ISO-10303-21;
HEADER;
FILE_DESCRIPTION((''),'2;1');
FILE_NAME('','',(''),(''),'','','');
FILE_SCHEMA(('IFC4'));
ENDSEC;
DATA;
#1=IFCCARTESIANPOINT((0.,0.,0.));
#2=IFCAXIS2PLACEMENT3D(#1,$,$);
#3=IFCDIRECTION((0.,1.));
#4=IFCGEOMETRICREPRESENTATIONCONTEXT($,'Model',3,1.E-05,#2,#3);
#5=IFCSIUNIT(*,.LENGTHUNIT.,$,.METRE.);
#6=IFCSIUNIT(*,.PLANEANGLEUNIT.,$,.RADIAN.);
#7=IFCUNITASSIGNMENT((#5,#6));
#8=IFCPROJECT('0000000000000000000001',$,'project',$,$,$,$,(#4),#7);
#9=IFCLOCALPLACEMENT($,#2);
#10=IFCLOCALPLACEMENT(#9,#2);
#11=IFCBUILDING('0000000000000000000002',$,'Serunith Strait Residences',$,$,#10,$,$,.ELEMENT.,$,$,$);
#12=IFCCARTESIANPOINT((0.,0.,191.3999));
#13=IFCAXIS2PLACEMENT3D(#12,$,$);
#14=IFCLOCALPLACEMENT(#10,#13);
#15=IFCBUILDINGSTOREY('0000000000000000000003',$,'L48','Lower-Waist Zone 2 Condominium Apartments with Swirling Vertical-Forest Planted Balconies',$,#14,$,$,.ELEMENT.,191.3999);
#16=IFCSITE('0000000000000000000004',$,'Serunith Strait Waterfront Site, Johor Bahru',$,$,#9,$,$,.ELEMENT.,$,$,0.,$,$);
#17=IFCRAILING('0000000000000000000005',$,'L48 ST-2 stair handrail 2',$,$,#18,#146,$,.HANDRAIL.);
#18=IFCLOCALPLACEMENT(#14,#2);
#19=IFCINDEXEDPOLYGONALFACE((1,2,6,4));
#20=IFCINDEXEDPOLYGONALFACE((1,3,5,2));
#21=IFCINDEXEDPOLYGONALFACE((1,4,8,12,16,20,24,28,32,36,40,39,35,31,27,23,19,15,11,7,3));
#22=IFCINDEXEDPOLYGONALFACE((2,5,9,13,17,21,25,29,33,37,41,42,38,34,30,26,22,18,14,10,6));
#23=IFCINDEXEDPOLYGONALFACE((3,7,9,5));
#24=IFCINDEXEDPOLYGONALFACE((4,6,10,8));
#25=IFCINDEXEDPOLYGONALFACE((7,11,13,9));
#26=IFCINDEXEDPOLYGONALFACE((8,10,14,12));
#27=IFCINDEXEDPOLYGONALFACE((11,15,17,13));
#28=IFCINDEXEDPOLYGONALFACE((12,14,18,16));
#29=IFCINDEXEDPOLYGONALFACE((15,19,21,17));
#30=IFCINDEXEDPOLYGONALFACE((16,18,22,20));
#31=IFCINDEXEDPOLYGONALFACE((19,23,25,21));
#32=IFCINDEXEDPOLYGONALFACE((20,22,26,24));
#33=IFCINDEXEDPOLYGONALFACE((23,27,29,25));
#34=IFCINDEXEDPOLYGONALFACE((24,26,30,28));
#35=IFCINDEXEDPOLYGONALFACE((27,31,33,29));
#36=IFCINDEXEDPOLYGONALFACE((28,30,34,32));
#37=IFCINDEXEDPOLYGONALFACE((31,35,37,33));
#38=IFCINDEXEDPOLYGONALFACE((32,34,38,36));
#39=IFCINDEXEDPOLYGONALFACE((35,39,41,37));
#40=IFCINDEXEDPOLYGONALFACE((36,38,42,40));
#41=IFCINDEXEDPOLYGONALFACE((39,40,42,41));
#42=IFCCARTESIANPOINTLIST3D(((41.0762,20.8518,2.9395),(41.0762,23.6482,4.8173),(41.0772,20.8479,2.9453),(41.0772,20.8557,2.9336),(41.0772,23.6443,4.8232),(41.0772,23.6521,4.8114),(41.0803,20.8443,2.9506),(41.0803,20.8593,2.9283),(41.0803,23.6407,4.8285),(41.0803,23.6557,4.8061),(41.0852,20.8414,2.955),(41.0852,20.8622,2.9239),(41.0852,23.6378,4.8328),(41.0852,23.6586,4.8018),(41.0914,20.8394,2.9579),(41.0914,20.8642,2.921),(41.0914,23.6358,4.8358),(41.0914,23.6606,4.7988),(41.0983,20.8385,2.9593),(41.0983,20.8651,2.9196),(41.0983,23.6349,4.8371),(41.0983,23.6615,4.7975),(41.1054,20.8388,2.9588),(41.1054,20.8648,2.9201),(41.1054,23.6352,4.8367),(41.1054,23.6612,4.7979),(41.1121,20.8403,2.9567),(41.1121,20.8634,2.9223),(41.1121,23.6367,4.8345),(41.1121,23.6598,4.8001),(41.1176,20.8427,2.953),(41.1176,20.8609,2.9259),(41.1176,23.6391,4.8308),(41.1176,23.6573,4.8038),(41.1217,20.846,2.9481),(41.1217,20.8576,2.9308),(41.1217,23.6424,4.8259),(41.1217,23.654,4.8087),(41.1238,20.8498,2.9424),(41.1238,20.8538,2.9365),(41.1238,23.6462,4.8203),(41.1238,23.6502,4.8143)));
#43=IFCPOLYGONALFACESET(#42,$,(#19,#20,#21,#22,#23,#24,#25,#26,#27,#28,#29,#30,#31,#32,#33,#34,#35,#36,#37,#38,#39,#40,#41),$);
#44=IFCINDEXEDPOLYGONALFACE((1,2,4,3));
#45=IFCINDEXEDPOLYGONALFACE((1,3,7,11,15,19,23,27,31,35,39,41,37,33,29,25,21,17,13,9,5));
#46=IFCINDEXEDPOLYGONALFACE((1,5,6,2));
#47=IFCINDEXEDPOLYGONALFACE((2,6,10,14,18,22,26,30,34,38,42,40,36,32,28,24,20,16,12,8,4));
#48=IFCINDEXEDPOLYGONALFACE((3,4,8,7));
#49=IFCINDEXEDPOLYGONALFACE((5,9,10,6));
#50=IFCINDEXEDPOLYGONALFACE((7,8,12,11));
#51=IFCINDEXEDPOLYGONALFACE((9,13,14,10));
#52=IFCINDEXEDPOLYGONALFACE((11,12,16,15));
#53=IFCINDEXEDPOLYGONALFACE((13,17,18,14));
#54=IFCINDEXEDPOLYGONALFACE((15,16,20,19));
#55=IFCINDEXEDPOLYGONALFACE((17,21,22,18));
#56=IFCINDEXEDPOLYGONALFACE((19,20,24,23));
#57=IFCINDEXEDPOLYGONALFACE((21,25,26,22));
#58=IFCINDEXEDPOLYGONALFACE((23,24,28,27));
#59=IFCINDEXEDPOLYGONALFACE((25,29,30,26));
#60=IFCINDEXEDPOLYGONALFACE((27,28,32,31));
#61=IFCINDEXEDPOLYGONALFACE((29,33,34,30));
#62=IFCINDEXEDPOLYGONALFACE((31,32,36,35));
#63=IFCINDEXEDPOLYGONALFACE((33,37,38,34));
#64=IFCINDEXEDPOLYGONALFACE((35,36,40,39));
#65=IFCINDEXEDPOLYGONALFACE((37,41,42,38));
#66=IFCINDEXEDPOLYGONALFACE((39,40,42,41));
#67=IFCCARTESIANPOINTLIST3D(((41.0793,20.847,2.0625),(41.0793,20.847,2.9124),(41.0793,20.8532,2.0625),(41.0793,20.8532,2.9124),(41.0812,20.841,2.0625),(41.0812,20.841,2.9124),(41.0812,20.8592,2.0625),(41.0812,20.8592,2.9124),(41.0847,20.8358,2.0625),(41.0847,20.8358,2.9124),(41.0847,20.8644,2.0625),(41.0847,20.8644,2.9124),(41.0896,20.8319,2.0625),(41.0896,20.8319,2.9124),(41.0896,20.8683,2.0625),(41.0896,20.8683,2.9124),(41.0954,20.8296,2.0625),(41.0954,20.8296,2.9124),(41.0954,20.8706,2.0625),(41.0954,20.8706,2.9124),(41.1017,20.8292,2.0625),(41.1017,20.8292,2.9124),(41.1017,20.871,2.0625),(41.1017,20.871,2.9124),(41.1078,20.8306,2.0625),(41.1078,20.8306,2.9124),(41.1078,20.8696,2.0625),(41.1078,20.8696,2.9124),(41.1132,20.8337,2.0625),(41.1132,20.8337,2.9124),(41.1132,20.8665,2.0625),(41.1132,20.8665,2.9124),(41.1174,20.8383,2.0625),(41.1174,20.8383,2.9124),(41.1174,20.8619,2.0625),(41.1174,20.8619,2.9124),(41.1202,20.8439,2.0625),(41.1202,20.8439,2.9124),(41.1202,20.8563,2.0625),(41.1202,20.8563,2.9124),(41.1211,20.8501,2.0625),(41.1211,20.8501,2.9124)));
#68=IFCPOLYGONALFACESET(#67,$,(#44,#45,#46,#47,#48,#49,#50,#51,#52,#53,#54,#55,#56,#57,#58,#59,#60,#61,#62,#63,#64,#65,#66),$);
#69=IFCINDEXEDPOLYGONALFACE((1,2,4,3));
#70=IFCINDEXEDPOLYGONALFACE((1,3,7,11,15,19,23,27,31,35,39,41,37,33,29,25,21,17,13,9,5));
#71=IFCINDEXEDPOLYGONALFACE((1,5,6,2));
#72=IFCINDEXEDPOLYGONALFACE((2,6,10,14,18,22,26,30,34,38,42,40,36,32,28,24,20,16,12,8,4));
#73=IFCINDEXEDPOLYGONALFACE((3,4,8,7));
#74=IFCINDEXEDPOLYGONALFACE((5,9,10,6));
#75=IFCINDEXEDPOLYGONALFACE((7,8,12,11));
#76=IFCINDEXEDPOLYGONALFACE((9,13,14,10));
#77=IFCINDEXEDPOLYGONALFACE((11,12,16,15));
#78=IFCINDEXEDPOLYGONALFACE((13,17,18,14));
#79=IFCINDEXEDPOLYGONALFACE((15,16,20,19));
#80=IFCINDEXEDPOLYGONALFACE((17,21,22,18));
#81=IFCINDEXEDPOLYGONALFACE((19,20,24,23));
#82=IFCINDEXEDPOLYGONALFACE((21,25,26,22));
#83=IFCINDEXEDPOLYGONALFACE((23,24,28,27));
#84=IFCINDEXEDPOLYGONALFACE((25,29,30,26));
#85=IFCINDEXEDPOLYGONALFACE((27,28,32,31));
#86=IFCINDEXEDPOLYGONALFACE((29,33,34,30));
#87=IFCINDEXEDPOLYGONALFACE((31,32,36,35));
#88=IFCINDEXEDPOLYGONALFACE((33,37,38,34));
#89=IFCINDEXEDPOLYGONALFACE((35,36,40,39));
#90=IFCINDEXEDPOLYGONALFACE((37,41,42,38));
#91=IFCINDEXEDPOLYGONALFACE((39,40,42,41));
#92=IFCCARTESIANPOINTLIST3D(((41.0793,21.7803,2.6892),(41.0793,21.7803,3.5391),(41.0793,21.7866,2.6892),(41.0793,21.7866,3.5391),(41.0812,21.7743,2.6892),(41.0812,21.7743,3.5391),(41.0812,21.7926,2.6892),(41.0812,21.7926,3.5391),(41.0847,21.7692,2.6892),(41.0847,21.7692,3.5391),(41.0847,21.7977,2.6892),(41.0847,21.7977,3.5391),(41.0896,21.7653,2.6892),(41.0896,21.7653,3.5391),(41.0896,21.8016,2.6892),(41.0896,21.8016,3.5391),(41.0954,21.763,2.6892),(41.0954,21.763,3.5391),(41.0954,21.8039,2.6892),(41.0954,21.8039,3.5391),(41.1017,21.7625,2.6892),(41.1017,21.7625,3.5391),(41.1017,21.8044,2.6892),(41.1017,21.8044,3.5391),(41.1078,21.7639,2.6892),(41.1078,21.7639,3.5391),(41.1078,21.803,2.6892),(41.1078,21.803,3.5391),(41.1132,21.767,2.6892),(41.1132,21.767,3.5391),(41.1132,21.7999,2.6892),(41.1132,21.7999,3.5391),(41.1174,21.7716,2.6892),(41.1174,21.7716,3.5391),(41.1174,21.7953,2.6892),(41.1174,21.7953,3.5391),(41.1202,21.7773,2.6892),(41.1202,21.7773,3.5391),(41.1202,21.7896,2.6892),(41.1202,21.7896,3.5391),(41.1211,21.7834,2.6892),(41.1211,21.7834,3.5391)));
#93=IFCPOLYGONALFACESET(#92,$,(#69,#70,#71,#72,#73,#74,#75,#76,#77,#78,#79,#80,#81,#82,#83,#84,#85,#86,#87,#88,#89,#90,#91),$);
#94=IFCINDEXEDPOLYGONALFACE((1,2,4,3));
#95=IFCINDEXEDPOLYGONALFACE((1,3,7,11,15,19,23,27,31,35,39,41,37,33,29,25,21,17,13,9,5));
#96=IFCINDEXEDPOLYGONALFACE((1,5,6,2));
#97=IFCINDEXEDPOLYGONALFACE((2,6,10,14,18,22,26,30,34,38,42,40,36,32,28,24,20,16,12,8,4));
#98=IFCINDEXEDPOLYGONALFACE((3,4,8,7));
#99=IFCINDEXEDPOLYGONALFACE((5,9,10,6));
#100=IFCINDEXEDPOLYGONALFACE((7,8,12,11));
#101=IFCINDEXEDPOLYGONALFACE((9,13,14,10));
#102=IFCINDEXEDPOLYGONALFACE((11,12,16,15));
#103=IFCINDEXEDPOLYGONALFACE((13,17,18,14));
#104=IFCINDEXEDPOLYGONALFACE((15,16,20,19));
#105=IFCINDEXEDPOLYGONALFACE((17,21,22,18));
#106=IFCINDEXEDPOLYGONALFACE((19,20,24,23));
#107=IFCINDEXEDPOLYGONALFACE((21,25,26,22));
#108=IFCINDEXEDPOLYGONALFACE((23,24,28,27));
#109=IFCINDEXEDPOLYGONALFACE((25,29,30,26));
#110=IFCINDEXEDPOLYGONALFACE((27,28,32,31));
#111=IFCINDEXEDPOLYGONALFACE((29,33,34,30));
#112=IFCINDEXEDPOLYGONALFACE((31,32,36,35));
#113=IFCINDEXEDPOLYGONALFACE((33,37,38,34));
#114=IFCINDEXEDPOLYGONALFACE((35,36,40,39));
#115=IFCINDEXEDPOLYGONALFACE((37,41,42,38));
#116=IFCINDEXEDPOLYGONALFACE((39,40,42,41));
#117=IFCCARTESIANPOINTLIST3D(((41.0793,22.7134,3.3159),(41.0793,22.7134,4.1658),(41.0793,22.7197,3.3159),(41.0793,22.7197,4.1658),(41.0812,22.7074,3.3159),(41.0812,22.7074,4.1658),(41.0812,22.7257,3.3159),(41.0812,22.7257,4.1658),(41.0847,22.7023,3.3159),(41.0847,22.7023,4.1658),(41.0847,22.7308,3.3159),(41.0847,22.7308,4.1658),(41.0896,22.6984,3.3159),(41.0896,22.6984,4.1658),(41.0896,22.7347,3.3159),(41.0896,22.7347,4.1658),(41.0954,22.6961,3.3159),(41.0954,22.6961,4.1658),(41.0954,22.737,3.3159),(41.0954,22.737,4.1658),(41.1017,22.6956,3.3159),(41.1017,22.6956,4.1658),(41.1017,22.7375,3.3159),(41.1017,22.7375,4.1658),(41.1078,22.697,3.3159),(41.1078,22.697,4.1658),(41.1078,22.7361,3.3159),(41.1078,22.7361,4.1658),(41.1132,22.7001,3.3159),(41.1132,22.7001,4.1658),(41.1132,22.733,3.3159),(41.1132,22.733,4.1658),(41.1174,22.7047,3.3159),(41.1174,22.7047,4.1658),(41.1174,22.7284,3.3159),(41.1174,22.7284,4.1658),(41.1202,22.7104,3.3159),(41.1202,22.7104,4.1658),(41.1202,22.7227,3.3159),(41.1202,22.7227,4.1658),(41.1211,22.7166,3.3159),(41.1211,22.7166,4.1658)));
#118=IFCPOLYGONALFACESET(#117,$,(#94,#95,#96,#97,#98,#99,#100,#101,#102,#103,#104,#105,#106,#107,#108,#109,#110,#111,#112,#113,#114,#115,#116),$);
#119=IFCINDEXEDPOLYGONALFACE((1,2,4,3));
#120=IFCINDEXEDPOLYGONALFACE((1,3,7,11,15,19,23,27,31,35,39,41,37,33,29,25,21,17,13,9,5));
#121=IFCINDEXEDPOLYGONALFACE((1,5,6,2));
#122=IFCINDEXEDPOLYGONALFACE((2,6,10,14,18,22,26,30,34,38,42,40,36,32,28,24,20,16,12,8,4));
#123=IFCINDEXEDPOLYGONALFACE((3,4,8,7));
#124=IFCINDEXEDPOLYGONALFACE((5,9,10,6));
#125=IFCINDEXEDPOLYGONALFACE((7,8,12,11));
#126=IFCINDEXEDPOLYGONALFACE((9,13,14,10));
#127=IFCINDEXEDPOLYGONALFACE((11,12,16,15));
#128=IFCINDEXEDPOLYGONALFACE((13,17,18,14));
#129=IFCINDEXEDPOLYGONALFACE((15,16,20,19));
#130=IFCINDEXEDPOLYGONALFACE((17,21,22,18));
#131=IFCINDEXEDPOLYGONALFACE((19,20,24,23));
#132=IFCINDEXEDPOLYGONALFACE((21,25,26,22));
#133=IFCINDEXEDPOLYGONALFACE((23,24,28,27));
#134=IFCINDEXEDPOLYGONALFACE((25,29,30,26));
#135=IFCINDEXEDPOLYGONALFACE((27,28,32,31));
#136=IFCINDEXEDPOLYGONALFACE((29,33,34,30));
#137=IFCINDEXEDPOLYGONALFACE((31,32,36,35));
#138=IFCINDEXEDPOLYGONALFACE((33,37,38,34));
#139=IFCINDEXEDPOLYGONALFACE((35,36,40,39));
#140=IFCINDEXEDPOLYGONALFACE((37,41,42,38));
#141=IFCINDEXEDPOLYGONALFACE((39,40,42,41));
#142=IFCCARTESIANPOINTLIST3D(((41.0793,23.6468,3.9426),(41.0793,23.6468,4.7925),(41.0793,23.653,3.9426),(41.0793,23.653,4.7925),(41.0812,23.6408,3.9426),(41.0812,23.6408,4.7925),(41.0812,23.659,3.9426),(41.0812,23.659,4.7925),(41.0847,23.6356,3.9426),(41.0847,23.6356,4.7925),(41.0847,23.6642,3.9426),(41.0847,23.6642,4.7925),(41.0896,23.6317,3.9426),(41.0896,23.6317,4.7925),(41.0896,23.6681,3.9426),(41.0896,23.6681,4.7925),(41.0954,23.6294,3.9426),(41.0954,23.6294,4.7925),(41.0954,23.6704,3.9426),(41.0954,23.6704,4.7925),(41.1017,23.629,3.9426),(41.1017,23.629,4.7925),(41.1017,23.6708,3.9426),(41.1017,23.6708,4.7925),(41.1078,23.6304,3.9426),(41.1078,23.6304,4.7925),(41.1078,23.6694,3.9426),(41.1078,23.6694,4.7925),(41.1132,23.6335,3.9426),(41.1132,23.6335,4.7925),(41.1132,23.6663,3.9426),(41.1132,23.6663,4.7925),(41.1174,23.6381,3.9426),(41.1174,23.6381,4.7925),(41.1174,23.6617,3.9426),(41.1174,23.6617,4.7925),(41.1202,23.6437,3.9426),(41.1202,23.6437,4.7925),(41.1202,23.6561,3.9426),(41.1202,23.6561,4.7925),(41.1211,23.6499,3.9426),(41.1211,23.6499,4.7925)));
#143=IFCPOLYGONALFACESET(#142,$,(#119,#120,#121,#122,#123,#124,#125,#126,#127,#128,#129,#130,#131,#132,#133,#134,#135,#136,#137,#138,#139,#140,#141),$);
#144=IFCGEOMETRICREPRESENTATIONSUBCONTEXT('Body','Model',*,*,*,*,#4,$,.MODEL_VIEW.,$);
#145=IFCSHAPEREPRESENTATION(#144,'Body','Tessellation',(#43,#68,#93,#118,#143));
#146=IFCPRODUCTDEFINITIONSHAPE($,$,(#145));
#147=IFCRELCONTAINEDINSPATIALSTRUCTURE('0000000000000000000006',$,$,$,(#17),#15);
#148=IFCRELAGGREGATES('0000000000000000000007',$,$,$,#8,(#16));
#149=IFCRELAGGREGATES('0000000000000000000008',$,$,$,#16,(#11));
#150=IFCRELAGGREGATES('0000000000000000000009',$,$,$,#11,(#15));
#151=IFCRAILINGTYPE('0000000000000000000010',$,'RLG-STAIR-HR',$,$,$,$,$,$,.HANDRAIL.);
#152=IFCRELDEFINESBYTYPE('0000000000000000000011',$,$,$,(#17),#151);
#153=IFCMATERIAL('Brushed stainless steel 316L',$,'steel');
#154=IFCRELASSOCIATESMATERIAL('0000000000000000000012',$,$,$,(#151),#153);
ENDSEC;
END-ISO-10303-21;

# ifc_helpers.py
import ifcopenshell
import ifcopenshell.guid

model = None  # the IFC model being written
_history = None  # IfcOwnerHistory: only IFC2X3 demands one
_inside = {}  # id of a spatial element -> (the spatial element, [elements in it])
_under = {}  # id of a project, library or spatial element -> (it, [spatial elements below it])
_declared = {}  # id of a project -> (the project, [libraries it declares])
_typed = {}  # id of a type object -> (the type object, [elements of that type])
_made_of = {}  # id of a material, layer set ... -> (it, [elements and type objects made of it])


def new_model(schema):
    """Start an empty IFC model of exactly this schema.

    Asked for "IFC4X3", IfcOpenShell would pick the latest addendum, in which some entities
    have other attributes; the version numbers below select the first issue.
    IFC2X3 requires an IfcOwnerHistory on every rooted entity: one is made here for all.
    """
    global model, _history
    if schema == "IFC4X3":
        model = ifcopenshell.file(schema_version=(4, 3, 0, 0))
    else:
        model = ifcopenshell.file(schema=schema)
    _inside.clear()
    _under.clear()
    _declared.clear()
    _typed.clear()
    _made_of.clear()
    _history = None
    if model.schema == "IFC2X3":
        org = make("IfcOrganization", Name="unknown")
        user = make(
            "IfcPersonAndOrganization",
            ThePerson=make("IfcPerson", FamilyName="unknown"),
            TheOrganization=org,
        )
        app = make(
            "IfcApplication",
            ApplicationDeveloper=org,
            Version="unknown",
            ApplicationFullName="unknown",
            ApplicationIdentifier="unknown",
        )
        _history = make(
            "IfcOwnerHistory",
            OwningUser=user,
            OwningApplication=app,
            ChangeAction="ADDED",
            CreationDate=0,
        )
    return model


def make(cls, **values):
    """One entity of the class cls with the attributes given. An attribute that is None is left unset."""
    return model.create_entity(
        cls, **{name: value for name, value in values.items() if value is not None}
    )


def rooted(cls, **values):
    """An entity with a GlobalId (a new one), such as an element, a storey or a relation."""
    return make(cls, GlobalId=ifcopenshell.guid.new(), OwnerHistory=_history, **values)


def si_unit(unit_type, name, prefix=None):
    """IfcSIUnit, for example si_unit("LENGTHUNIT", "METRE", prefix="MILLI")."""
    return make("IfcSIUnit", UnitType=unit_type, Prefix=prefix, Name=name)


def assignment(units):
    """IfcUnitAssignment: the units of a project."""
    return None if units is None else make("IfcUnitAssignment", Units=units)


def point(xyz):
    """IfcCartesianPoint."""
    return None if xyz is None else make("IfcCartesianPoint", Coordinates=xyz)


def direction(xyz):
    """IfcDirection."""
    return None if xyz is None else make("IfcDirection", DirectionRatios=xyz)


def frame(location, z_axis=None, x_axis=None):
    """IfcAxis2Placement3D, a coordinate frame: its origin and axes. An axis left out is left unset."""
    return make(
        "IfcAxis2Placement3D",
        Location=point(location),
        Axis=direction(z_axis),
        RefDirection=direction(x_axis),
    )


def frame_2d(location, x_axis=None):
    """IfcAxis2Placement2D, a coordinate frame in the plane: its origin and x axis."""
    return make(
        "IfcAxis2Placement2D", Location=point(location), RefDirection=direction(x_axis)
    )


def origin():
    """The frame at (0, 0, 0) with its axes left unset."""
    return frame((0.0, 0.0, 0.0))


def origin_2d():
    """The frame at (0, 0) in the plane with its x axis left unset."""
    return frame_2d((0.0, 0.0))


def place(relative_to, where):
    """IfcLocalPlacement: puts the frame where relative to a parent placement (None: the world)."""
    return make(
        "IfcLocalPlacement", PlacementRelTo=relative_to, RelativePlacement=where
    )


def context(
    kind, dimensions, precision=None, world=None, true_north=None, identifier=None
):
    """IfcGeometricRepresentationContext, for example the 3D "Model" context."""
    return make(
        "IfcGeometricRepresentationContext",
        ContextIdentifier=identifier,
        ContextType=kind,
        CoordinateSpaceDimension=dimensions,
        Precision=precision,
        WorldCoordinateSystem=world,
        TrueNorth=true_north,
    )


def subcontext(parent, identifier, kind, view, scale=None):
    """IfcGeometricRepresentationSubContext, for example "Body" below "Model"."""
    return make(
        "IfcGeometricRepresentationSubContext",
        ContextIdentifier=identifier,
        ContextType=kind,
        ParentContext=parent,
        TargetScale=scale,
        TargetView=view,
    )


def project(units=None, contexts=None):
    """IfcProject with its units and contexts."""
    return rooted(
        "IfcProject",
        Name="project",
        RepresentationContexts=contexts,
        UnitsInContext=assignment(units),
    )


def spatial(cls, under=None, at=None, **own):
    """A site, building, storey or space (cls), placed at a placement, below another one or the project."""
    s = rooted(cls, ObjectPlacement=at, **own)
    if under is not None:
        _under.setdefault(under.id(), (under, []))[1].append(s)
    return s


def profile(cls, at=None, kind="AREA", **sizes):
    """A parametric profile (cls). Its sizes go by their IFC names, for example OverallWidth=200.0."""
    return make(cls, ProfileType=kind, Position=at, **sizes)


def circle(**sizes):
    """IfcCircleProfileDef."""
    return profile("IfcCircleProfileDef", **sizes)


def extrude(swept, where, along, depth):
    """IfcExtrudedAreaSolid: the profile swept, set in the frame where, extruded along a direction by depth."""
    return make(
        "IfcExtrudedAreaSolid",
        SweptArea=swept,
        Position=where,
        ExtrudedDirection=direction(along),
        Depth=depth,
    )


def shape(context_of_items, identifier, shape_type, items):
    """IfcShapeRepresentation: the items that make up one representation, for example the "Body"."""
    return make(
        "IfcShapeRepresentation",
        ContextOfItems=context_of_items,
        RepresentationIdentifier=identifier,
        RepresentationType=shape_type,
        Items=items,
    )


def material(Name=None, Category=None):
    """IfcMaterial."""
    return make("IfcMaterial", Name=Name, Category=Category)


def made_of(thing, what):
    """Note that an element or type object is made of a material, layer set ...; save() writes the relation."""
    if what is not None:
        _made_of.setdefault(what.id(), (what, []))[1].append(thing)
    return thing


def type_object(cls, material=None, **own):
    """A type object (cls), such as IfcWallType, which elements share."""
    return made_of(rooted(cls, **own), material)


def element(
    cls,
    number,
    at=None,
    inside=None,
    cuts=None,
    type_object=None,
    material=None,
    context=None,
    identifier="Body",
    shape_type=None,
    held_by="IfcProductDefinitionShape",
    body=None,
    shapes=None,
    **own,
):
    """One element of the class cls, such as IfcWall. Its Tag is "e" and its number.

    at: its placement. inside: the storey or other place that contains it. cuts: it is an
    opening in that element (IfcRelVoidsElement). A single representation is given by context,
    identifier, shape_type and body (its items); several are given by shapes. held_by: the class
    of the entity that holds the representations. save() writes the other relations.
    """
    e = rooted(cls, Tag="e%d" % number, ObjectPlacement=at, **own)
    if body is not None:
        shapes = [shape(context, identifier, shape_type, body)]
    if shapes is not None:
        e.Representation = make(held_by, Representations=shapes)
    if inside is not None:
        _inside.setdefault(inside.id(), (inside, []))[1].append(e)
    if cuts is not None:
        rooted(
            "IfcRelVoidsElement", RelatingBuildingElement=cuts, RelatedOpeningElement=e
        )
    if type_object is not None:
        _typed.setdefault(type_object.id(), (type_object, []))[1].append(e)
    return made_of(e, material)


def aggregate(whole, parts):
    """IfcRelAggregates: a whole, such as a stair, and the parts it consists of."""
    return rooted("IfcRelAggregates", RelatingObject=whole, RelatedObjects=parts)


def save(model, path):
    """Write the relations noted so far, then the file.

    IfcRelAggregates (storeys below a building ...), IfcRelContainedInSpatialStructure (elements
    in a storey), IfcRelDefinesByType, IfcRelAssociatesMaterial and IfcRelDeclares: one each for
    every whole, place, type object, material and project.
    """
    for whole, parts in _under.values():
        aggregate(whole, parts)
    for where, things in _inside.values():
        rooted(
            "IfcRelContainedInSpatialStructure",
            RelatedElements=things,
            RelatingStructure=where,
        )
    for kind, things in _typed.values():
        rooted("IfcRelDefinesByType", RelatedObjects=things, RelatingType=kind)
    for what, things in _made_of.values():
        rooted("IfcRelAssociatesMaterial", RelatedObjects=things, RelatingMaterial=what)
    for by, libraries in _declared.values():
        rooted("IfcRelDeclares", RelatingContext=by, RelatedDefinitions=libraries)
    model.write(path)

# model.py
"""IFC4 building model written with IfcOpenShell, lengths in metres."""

from ifc_helpers import new_model, si_unit, direction, frame, origin, origin_2d, place, context, subcontext, project, spatial, circle, extrude, material, type_object, element, save


model = new_model("IFC4")

# Units and contexts
model_context = context("Model", 3, precision=1e-05, world=origin(), true_north=direction((0.0, 1.0)))
body_context = subcontext(model_context, "Body", "Model", "MODEL_VIEW")
ifc_project = project(units=[si_unit("LENGTHUNIT", "METRE"), si_unit("PLANEANGLEUNIT", "RADIAN")], contexts=[model_context])

# Site, building, storey
site_placement = place(None, origin())
site = spatial("IfcSite", under=ifc_project, at=site_placement, Name="Serunith Strait Waterfront Site, Johor Bahru", CompositionType="ELEMENT", RefElevation=0.0)
building_placement = place(site_placement, origin())
building = spatial("IfcBuilding", under=site, at=building_placement, Name="Serunith Strait Residences", CompositionType="ELEMENT")
storey_placement = place(building_placement, frame((0.0, 0.0, 191.3999)))
storey = spatial("IfcBuildingStorey", under=building, at=storey_placement, Name="L48", Description="Lower-Waist Zone 2 Condominium Apartments with Swirling Vertical-Forest Planted Balconies", CompositionType="ELEMENT", Elevation=191.3999)

# Railing
ifc_material_1 = material(Name="Brushed stainless steel 316L", Category="steel")
railing_type_1 = type_object("IfcRailingType", Name="RLG-STAIR-HR", PredefinedType="HANDRAIL", material=ifc_material_1)
railing_1_placement = place(storey_placement, frame((41.1001, 20.8501, 2.0625)))
element("IfcRailing", 1, at=railing_1_placement, inside=storey, type_object=railing_type_1, Name="L48 ST-2 stair handrail 2", PredefinedType="HANDRAIL", context=body_context, shape_type="SweptSolid", body=[
    extrude(circle(Radius=0.0239, at=origin_2d()), frame((0.0, 0.0017, 0.877), z_axis=(0.0, 0.830186, 0.557487), x_axis=(-1.0, 0.0, 0.0)), (0.0, 0.0, 1.0), 3.3684),
    extrude(circle(Radius=0.021, at=origin_2d()), origin(), (0.0, 0.0, 1.0), 0.8499),
    extrude(circle(Radius=0.021, at=origin_2d()), frame((0.0, 0.9333, 0.6267)), (0.0, 0.0, 1.0), 0.8499),
    extrude(circle(Radius=0.021, at=origin_2d()), frame((0.0, 1.8665, 1.2534)), (0.0, 0.0, 1.0), 0.8499),
    extrude(circle(Radius=0.021, at=origin_2d()), frame((0.0, 2.7998, 1.8801)), (0.0, 0.0, 1.0), 0.8499),
])

save(model, "model.ifc")
